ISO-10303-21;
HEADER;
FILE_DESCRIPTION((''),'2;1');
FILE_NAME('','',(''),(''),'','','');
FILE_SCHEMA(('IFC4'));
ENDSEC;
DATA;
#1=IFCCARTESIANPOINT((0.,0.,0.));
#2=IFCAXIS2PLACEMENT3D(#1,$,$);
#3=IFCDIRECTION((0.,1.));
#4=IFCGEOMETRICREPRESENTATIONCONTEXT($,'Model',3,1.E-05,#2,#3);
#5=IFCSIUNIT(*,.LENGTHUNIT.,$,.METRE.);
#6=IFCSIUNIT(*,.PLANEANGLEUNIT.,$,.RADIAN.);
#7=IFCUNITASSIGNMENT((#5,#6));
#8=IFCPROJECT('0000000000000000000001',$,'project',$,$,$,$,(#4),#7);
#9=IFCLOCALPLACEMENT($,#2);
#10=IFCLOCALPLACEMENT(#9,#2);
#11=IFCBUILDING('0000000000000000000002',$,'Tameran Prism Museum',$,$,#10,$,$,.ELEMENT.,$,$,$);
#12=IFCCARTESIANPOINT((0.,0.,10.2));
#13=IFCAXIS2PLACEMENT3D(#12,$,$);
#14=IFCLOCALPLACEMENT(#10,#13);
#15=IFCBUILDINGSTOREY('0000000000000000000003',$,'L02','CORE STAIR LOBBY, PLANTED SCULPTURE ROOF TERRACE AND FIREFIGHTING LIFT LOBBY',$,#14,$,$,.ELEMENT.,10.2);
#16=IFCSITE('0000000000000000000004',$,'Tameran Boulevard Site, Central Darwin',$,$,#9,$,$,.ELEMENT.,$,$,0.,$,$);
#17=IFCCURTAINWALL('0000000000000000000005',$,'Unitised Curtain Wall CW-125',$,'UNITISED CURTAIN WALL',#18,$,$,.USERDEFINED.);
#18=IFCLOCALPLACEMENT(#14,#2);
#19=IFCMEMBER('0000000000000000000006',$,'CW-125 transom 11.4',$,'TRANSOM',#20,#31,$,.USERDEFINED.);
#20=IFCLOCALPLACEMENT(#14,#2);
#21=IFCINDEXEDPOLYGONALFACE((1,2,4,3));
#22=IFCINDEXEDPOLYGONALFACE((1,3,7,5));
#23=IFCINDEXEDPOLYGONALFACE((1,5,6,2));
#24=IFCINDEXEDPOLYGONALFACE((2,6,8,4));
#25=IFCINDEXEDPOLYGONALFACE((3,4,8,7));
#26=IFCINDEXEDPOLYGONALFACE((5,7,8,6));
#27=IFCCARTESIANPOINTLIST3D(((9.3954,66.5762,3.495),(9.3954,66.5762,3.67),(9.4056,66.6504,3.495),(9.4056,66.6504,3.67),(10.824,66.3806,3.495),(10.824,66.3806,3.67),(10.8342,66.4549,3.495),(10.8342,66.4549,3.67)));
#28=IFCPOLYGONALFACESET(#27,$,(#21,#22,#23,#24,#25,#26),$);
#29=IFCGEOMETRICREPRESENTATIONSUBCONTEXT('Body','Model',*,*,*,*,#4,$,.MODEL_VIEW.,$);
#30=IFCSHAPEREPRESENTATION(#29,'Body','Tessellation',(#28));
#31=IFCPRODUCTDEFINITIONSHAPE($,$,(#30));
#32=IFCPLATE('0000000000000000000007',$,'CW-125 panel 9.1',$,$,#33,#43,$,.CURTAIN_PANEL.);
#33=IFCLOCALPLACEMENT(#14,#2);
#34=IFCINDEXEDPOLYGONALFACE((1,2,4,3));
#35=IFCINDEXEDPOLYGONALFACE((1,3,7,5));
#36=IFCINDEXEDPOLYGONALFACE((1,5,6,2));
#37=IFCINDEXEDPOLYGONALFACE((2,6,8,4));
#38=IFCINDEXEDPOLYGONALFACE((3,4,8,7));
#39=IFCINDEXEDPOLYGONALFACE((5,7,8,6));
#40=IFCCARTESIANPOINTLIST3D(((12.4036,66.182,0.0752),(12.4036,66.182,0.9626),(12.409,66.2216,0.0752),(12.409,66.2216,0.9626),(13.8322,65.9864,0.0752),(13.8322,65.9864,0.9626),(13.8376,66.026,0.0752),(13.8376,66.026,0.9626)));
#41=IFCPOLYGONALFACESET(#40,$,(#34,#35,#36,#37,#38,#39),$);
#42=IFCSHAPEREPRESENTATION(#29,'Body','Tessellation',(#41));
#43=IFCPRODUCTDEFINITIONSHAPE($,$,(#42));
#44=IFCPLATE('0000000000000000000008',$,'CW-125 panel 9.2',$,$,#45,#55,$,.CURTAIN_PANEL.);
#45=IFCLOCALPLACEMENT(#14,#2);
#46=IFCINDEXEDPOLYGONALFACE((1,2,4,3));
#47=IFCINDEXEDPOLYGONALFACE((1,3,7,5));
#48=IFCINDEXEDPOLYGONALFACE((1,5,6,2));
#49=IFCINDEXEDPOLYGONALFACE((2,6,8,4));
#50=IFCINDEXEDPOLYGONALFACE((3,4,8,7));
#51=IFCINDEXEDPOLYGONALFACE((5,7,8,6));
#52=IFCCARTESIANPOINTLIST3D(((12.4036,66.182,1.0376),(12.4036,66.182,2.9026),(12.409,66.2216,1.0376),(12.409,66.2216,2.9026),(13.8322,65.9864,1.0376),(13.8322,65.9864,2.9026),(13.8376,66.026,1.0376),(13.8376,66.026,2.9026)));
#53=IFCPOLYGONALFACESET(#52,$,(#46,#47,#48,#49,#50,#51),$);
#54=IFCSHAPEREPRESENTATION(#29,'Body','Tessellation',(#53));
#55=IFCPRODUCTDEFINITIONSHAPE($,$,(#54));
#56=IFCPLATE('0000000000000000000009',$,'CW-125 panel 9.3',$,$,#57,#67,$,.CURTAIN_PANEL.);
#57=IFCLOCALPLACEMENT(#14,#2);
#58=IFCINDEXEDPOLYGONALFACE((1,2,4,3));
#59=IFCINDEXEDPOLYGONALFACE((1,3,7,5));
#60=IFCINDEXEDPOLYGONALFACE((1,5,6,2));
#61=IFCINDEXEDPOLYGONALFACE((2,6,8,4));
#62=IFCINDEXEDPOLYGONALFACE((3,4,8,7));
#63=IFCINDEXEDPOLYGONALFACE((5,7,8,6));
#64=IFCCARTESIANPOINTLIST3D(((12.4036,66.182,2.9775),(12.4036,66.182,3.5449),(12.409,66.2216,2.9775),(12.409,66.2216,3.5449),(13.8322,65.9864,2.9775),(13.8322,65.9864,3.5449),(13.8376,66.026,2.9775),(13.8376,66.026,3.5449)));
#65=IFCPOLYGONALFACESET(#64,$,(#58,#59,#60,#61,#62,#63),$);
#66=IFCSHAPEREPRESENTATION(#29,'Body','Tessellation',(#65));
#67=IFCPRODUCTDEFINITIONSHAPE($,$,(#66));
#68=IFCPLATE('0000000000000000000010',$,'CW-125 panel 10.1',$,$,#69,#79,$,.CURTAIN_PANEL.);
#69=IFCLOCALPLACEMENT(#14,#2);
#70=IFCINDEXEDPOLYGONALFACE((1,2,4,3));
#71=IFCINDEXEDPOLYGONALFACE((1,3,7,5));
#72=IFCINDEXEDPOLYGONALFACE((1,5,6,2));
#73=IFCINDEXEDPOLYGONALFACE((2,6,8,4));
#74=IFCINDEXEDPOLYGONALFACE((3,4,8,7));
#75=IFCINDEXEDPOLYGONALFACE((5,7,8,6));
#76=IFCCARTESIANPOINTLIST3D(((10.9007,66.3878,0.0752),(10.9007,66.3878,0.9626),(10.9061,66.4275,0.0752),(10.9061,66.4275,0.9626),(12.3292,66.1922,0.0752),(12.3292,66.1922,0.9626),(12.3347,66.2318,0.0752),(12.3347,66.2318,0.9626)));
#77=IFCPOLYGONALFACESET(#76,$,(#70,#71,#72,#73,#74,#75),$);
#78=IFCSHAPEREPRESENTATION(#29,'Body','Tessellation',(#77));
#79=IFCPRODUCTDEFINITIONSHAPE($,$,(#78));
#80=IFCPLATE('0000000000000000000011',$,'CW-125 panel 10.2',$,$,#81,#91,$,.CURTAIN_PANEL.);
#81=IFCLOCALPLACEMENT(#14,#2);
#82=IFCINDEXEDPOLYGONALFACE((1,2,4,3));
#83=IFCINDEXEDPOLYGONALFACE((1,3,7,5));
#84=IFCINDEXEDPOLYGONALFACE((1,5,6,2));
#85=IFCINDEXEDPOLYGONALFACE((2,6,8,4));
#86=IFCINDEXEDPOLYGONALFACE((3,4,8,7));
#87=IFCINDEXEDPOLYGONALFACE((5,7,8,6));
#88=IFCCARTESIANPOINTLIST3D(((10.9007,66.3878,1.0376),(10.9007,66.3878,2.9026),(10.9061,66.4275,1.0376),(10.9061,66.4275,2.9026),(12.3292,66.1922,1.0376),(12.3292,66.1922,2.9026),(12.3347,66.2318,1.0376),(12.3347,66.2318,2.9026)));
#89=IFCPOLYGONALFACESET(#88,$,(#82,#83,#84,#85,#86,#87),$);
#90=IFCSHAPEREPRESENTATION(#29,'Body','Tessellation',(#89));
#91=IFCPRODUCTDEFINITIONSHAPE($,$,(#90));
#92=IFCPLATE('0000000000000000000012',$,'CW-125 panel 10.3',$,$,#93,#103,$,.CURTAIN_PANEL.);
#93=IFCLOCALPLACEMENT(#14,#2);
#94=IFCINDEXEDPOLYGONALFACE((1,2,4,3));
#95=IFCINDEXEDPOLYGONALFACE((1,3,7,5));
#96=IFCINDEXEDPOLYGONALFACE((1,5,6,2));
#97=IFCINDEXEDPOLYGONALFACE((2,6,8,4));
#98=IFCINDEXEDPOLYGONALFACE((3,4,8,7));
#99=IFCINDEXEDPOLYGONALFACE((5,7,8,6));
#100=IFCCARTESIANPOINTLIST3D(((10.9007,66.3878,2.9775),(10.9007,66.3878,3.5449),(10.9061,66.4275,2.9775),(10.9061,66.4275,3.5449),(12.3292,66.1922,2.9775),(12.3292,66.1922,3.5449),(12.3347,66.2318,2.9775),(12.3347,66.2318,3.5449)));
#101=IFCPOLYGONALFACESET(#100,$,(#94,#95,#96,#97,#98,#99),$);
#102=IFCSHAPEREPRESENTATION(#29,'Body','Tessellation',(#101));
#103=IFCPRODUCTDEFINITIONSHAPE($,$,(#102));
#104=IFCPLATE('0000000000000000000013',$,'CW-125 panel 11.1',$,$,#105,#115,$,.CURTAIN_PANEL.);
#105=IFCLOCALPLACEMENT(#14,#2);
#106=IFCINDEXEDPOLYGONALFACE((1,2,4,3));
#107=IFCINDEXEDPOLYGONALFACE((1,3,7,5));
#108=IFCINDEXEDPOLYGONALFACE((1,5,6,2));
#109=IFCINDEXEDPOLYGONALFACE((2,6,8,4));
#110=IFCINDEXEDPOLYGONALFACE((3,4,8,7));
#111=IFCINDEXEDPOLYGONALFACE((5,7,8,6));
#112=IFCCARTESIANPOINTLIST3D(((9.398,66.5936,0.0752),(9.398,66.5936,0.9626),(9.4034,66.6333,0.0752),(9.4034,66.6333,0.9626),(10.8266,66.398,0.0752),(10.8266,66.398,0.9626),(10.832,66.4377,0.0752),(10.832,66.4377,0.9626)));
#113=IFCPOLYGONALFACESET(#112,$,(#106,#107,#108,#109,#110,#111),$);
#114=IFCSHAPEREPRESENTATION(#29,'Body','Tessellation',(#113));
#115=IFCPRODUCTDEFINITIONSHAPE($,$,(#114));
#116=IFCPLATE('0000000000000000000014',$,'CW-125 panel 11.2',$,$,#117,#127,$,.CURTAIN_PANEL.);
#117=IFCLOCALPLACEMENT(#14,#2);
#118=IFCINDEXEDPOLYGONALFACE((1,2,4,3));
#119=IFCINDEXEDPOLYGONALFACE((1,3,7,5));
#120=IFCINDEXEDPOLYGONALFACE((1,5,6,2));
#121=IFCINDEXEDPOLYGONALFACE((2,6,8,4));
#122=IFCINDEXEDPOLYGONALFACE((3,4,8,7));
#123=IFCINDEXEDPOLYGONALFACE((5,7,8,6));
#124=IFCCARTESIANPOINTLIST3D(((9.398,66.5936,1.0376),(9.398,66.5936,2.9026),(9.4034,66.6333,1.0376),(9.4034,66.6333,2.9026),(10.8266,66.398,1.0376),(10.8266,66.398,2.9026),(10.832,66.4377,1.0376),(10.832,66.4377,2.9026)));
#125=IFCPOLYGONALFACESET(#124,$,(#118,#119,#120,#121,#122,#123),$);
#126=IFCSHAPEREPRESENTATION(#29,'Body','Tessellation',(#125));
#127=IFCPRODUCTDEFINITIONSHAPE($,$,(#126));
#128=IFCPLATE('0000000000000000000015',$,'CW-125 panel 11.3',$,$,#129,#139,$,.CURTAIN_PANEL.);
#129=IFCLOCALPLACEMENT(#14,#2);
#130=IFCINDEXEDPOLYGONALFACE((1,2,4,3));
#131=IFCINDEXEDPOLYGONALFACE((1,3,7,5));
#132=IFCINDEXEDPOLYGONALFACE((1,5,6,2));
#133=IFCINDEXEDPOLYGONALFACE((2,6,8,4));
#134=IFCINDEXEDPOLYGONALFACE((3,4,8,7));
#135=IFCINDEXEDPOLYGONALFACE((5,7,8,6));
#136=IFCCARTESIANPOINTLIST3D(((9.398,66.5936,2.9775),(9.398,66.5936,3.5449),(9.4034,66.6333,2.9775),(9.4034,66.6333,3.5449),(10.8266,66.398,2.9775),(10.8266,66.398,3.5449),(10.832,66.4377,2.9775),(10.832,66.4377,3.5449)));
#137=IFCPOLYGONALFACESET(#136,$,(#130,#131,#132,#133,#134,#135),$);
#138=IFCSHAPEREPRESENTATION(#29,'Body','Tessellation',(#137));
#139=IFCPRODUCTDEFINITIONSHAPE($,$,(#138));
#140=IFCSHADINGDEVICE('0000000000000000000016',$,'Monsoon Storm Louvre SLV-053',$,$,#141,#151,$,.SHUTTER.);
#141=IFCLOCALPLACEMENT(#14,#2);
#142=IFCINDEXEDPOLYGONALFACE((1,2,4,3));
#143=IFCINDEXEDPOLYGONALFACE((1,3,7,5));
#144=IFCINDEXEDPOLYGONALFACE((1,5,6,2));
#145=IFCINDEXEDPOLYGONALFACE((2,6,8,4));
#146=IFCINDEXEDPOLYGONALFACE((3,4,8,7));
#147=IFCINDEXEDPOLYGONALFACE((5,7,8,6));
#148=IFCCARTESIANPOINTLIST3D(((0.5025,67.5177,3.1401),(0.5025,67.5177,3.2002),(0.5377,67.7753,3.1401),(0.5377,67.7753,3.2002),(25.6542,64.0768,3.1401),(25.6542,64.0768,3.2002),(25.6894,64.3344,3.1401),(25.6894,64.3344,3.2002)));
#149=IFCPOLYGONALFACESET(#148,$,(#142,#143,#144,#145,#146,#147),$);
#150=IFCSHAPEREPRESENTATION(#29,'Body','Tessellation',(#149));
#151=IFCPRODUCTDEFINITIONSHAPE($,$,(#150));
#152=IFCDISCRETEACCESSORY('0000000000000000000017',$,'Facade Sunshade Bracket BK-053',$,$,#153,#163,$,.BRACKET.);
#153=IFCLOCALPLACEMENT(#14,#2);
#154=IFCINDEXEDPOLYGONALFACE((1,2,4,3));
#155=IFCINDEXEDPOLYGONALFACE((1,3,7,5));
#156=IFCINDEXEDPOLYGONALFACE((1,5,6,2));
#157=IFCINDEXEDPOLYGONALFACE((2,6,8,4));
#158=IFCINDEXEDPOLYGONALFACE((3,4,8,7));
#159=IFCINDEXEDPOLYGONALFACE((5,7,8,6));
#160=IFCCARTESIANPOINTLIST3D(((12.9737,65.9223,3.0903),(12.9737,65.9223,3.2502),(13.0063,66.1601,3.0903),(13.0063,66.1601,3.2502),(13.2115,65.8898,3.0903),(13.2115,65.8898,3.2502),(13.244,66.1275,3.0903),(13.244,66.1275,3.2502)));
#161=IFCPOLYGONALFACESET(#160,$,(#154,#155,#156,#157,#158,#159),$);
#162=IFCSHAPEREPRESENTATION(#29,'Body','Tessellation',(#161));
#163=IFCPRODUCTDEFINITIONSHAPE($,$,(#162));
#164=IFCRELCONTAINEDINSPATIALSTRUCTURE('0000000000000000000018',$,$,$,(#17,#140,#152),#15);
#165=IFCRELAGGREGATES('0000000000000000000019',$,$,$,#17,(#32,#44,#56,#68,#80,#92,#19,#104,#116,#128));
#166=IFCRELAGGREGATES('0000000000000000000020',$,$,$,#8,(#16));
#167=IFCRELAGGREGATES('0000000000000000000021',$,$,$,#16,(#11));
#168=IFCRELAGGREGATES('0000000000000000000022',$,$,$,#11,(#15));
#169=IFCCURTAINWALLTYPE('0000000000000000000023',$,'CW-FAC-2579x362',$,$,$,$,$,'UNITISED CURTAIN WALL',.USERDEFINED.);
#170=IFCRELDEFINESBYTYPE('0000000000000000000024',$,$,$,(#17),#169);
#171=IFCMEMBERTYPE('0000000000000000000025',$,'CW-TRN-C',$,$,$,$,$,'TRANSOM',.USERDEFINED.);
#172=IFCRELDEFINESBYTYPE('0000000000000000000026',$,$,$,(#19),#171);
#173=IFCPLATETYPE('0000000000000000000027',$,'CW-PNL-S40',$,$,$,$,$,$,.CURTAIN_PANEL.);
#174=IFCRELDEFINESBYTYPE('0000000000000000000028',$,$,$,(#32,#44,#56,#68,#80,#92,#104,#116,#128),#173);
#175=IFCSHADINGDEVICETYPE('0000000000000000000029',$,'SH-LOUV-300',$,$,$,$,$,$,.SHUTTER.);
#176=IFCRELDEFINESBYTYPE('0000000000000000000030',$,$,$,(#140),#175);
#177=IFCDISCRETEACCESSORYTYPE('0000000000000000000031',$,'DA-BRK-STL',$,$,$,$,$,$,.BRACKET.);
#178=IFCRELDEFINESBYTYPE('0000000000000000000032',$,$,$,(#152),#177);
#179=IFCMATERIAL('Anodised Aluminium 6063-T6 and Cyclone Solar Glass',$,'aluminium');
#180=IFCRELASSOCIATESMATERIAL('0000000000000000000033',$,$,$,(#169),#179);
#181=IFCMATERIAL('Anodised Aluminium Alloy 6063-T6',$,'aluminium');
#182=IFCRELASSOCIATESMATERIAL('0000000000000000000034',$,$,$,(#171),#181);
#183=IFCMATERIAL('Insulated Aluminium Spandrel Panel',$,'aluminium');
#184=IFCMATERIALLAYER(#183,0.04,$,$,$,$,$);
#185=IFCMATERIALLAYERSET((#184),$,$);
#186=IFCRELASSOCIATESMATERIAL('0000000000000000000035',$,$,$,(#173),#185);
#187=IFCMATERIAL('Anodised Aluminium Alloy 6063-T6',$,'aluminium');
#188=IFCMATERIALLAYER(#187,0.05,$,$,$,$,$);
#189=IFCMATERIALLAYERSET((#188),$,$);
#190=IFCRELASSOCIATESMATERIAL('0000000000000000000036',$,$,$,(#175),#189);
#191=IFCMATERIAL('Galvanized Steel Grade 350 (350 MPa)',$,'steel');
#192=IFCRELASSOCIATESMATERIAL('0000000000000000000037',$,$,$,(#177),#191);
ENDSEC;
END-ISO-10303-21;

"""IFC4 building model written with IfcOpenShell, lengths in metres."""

from ifc_helpers import new_model, si_unit, direction, frame, origin, origin_2d, place, context, subcontext, project, spatial, rectangle, extrude, material, layer, layer_set, material_profile, profile_set, type_object, element, aggregate, save


model = new_model("IFC4")

# Units and contexts
model_context = context("Model", 3, precision=1e-05, world=origin(), true_north=direction((0.0, 1.0)))
body_context = subcontext(model_context, "Body", "Model", "MODEL_VIEW")
ifc_project = project(units=[si_unit("LENGTHUNIT", "METRE"), si_unit("PLANEANGLEUNIT", "RADIAN")], contexts=[model_context])

# Site, building, storey
site_placement = place(None, origin())
site = spatial("IfcSite", under=ifc_project, at=site_placement, Name="Tameran Boulevard Site, Central Darwin", CompositionType="ELEMENT", RefElevation=0.0)
building_placement = place(site_placement, origin())
building = spatial("IfcBuilding", under=site, at=building_placement, Name="Tameran Prism Museum", CompositionType="ELEMENT")
storey_placement = place(building_placement, frame((0.0, 0.0, 10.2)))
storey = spatial("IfcBuildingStorey", under=building, at=storey_placement, Name="L02", Description="CORE STAIR LOBBY, PLANTED SCULPTURE ROOF TERRACE AND FIREFIGHTING LIFT LOBBY", CompositionType="ELEMENT", Elevation=10.2)

# Curtain wall, member, plates
ifc_material_1 = material(Name="Anodised Aluminium 6063-T6 and Cyclone Solar Glass", Category="aluminium")
curtain_wall_type = type_object("IfcCurtainWallType", Name="CW-FAC-2579x362", ElementType="UNITISED CURTAIN WALL", PredefinedType="USERDEFINED", material=ifc_material_1)
curtain_wall_placement = place(storey_placement, origin())
curtain_wall = element("IfcCurtainWall", 1, at=curtain_wall_placement, inside=storey, type_object=curtain_wall_type, Name="Unitised Curtain Wall CW-125", ObjectType="UNITISED CURTAIN WALL", PredefinedType="USERDEFINED")
ifc_material_2 = material(Name="Anodised Aluminium Alloy 6063-T6", Category="aluminium")
ifc_material_profile_1 = material_profile(ifc_material_2, rectangle(XDim=0.075, YDim=0.175, at=origin_2d()))
ifc_profile_set_1 = profile_set([ifc_material_profile_1])
member_type_1 = type_object("IfcMemberType", Name="CW-TRN-C", ElementType="TRANSOM", PredefinedType="USERDEFINED", material=ifc_profile_set_1)
member_1_placement = place(storey_placement, frame((10.8291, 66.4177, 3.5825), z_axis=(-0.990759, 0.135635, 0.0), x_axis=(-0.135635, -0.990759, 0.0)))
member_1 = element("IfcMember", 2, at=member_1_placement, type_object=member_type_1, Name="CW-125 transom 11.4", ObjectType="TRANSOM", PredefinedType="USERDEFINED", context=body_context, shape_type="SweptSolid", body=[
    extrude(rectangle(XDim=0.075, YDim=0.175, at=origin_2d()), origin(), (0.0, 0.0, 1.0), 1.4419),
])
ifc_material_3 = material(Name="Insulated Aluminium Spandrel Panel", Category="aluminium")
ifc_layer_1 = layer(ifc_material_3, 0.04)
ifc_layer_set_1 = layer_set([ifc_layer_1])
plate_type = type_object("IfcPlateType", Name="CW-PNL-S40", PredefinedType="CURTAIN_PANEL", material=ifc_layer_set_1)
plate_1_placement = place(storey_placement, frame((13.1206, 66.104, 0.0752), z_axis=(0.0, 0.0, 1.0), x_axis=(-0.990756, 0.135658, 0.0)))
plate_1 = element("IfcPlate", 3, at=plate_1_placement, type_object=plate_type, Name="CW-125 panel 9.1", PredefinedType="CURTAIN_PANEL", context=body_context, shape_type="SweptSolid", body=[
    extrude(rectangle(XDim=1.4419, YDim=0.04, at=origin_2d()), origin(), (0.0, 0.0, 1.0), 0.8875),
])
plate_2_placement = place(storey_placement, frame((13.1206, 66.104, 1.0376), z_axis=(0.0, 0.0, 1.0), x_axis=(-0.990756, 0.135658, 0.0)))
plate_2 = element("IfcPlate", 4, at=plate_2_placement, type_object=plate_type, Name="CW-125 panel 9.2", PredefinedType="CURTAIN_PANEL", context=body_context, shape_type="SweptSolid", body=[
    extrude(rectangle(XDim=1.4419, YDim=0.04, at=origin_2d()), origin(), (0.0, 0.0, 1.0), 1.865),
])
plate_3_placement = place(storey_placement, frame((13.1206, 66.104, 2.9775), z_axis=(0.0, 0.0, 1.0), x_axis=(-0.990756, 0.135658, 0.0)))
plate_3 = element("IfcPlate", 5, at=plate_3_placement, type_object=plate_type, Name="CW-125 panel 9.3", PredefinedType="CURTAIN_PANEL", context=body_context, shape_type="SweptSolid", body=[
    extrude(rectangle(XDim=1.4419, YDim=0.04, at=origin_2d()), origin(), (0.0, 0.0, 1.0), 0.5674),
])
plate_4_placement = place(storey_placement, frame((11.6177, 66.3098, 0.0752), z_axis=(0.0, 0.0, 1.0), x_axis=(-0.990756, 0.135658, 0.0)))
plate_4 = element("IfcPlate", 6, at=plate_4_placement, type_object=plate_type, Name="CW-125 panel 10.1", PredefinedType="CURTAIN_PANEL", context=body_context, shape_type="SweptSolid", body=[
    extrude(rectangle(XDim=1.4419, YDim=0.04, at=origin_2d()), origin(), (0.0, 0.0, 1.0), 0.8875),
])
plate_5_placement = place(storey_placement, frame((11.6177, 66.3098, 1.0376), z_axis=(0.0, 0.0, 1.0), x_axis=(-0.990756, 0.135658, 0.0)))
plate_5 = element("IfcPlate", 7, at=plate_5_placement, type_object=plate_type, Name="CW-125 panel 10.2", PredefinedType="CURTAIN_PANEL", context=body_context, shape_type="SweptSolid", body=[
    extrude(rectangle(XDim=1.4419, YDim=0.04, at=origin_2d()), origin(), (0.0, 0.0, 1.0), 1.865),
])
plate_6_placement = place(storey_placement, frame((11.6177, 66.3098, 2.9775), z_axis=(0.0, 0.0, 1.0), x_axis=(-0.990756, 0.135658, 0.0)))
plate_6 = element("IfcPlate", 8, at=plate_6_placement, type_object=plate_type, Name="CW-125 panel 10.3", PredefinedType="CURTAIN_PANEL", context=body_context, shape_type="SweptSolid", body=[
    extrude(rectangle(XDim=1.4419, YDim=0.04, at=origin_2d()), origin(), (0.0, 0.0, 1.0), 0.5674),
])
plate_7_placement = place(storey_placement, frame((10.115, 66.5156, 0.0752), z_axis=(0.0, 0.0, 1.0), x_axis=(-0.990756, 0.135658, 0.0)))
plate_7 = element("IfcPlate", 9, at=plate_7_placement, type_object=plate_type, Name="CW-125 panel 11.1", PredefinedType="CURTAIN_PANEL", context=body_context, shape_type="SweptSolid", body=[
    extrude(rectangle(XDim=1.4419, YDim=0.04, at=origin_2d()), origin(), (0.0, 0.0, 1.0), 0.8875),
])
plate_8_placement = place(storey_placement, frame((10.115, 66.5156, 1.0376), z_axis=(0.0, 0.0, 1.0), x_axis=(-0.990756, 0.135658, 0.0)))
plate_8 = element("IfcPlate", 10, at=plate_8_placement, type_object=plate_type, Name="CW-125 panel 11.2", PredefinedType="CURTAIN_PANEL", context=body_context, shape_type="SweptSolid", body=[
    extrude(rectangle(XDim=1.4419, YDim=0.04, at=origin_2d()), origin(), (0.0, 0.0, 1.0), 1.865),
])
plate_9_placement = place(storey_placement, frame((10.115, 66.5156, 2.9775), z_axis=(0.0, 0.0, 1.0), x_axis=(-0.990756, 0.135658, 0.0)))
plate_9 = element("IfcPlate", 11, at=plate_9_placement, type_object=plate_type, Name="CW-125 panel 11.3", PredefinedType="CURTAIN_PANEL", context=body_context, shape_type="SweptSolid", body=[
    extrude(rectangle(XDim=1.4419, YDim=0.04, at=origin_2d()), origin(), (0.0, 0.0, 1.0), 0.5674),
])
aggregate(curtain_wall, [plate_1, plate_2, plate_3, plate_4, plate_5, plate_6, member_1, plate_7, plate_8, plate_9])

# Shading device
ifc_material_4 = material(Name="Anodised Aluminium Alloy 6063-T6", Category="aluminium")
ifc_layer_2 = layer(ifc_material_4, 0.05)
ifc_layer_set_2 = layer_set([ifc_layer_2])
shading_device_type = type_object("IfcShadingDeviceType", Name="SH-LOUV-300", PredefinedType="SHUTTER", material=ifc_layer_set_2)
shading_device_placement = place(storey_placement, frame((13.0959, 65.926, 3.1401), z_axis=(0.0, 0.0, 1.0), x_axis=(-0.990772, 0.135543, 0.0)))
element("IfcShadingDevice", 12, at=shading_device_placement, inside=storey, type_object=shading_device_type, Name="Monsoon Storm Louvre SLV-053", PredefinedType="SHUTTER", context=body_context, shape_type="SweptSolid", body=[
    extrude(rectangle(XDim=25.386, YDim=0.26, at=origin_2d()), origin(), (0.0, 0.0, 1.0), 0.0601),
])

# Discrete accessory
ifc_material_5 = material(Name="Galvanized Steel Grade 350 (350 MPa)", Category="steel")
discrete_accessory_type = type_object("IfcDiscreteAccessoryType", Name="DA-BRK-STL", PredefinedType="BRACKET", material=ifc_material_5)
discrete_accessory_placement = place(storey_placement, frame((13.1089, 66.0249, 3.0903), z_axis=(0.0, 0.0, 1.0), x_axis=(-0.990772, 0.135543, 0.0)))
element("IfcDiscreteAccessory", 13, at=discrete_accessory_placement, inside=storey, type_object=discrete_accessory_type, Name="Facade Sunshade Bracket BK-053", PredefinedType="BRACKET", context=body_context, shape_type="SweptSolid", body=[
    extrude(rectangle(XDim=0.24, YDim=0.24, at=origin_2d()), origin(), (0.0, 0.0, 1.0), 0.1599),
])

save(model, "model.ifc")
